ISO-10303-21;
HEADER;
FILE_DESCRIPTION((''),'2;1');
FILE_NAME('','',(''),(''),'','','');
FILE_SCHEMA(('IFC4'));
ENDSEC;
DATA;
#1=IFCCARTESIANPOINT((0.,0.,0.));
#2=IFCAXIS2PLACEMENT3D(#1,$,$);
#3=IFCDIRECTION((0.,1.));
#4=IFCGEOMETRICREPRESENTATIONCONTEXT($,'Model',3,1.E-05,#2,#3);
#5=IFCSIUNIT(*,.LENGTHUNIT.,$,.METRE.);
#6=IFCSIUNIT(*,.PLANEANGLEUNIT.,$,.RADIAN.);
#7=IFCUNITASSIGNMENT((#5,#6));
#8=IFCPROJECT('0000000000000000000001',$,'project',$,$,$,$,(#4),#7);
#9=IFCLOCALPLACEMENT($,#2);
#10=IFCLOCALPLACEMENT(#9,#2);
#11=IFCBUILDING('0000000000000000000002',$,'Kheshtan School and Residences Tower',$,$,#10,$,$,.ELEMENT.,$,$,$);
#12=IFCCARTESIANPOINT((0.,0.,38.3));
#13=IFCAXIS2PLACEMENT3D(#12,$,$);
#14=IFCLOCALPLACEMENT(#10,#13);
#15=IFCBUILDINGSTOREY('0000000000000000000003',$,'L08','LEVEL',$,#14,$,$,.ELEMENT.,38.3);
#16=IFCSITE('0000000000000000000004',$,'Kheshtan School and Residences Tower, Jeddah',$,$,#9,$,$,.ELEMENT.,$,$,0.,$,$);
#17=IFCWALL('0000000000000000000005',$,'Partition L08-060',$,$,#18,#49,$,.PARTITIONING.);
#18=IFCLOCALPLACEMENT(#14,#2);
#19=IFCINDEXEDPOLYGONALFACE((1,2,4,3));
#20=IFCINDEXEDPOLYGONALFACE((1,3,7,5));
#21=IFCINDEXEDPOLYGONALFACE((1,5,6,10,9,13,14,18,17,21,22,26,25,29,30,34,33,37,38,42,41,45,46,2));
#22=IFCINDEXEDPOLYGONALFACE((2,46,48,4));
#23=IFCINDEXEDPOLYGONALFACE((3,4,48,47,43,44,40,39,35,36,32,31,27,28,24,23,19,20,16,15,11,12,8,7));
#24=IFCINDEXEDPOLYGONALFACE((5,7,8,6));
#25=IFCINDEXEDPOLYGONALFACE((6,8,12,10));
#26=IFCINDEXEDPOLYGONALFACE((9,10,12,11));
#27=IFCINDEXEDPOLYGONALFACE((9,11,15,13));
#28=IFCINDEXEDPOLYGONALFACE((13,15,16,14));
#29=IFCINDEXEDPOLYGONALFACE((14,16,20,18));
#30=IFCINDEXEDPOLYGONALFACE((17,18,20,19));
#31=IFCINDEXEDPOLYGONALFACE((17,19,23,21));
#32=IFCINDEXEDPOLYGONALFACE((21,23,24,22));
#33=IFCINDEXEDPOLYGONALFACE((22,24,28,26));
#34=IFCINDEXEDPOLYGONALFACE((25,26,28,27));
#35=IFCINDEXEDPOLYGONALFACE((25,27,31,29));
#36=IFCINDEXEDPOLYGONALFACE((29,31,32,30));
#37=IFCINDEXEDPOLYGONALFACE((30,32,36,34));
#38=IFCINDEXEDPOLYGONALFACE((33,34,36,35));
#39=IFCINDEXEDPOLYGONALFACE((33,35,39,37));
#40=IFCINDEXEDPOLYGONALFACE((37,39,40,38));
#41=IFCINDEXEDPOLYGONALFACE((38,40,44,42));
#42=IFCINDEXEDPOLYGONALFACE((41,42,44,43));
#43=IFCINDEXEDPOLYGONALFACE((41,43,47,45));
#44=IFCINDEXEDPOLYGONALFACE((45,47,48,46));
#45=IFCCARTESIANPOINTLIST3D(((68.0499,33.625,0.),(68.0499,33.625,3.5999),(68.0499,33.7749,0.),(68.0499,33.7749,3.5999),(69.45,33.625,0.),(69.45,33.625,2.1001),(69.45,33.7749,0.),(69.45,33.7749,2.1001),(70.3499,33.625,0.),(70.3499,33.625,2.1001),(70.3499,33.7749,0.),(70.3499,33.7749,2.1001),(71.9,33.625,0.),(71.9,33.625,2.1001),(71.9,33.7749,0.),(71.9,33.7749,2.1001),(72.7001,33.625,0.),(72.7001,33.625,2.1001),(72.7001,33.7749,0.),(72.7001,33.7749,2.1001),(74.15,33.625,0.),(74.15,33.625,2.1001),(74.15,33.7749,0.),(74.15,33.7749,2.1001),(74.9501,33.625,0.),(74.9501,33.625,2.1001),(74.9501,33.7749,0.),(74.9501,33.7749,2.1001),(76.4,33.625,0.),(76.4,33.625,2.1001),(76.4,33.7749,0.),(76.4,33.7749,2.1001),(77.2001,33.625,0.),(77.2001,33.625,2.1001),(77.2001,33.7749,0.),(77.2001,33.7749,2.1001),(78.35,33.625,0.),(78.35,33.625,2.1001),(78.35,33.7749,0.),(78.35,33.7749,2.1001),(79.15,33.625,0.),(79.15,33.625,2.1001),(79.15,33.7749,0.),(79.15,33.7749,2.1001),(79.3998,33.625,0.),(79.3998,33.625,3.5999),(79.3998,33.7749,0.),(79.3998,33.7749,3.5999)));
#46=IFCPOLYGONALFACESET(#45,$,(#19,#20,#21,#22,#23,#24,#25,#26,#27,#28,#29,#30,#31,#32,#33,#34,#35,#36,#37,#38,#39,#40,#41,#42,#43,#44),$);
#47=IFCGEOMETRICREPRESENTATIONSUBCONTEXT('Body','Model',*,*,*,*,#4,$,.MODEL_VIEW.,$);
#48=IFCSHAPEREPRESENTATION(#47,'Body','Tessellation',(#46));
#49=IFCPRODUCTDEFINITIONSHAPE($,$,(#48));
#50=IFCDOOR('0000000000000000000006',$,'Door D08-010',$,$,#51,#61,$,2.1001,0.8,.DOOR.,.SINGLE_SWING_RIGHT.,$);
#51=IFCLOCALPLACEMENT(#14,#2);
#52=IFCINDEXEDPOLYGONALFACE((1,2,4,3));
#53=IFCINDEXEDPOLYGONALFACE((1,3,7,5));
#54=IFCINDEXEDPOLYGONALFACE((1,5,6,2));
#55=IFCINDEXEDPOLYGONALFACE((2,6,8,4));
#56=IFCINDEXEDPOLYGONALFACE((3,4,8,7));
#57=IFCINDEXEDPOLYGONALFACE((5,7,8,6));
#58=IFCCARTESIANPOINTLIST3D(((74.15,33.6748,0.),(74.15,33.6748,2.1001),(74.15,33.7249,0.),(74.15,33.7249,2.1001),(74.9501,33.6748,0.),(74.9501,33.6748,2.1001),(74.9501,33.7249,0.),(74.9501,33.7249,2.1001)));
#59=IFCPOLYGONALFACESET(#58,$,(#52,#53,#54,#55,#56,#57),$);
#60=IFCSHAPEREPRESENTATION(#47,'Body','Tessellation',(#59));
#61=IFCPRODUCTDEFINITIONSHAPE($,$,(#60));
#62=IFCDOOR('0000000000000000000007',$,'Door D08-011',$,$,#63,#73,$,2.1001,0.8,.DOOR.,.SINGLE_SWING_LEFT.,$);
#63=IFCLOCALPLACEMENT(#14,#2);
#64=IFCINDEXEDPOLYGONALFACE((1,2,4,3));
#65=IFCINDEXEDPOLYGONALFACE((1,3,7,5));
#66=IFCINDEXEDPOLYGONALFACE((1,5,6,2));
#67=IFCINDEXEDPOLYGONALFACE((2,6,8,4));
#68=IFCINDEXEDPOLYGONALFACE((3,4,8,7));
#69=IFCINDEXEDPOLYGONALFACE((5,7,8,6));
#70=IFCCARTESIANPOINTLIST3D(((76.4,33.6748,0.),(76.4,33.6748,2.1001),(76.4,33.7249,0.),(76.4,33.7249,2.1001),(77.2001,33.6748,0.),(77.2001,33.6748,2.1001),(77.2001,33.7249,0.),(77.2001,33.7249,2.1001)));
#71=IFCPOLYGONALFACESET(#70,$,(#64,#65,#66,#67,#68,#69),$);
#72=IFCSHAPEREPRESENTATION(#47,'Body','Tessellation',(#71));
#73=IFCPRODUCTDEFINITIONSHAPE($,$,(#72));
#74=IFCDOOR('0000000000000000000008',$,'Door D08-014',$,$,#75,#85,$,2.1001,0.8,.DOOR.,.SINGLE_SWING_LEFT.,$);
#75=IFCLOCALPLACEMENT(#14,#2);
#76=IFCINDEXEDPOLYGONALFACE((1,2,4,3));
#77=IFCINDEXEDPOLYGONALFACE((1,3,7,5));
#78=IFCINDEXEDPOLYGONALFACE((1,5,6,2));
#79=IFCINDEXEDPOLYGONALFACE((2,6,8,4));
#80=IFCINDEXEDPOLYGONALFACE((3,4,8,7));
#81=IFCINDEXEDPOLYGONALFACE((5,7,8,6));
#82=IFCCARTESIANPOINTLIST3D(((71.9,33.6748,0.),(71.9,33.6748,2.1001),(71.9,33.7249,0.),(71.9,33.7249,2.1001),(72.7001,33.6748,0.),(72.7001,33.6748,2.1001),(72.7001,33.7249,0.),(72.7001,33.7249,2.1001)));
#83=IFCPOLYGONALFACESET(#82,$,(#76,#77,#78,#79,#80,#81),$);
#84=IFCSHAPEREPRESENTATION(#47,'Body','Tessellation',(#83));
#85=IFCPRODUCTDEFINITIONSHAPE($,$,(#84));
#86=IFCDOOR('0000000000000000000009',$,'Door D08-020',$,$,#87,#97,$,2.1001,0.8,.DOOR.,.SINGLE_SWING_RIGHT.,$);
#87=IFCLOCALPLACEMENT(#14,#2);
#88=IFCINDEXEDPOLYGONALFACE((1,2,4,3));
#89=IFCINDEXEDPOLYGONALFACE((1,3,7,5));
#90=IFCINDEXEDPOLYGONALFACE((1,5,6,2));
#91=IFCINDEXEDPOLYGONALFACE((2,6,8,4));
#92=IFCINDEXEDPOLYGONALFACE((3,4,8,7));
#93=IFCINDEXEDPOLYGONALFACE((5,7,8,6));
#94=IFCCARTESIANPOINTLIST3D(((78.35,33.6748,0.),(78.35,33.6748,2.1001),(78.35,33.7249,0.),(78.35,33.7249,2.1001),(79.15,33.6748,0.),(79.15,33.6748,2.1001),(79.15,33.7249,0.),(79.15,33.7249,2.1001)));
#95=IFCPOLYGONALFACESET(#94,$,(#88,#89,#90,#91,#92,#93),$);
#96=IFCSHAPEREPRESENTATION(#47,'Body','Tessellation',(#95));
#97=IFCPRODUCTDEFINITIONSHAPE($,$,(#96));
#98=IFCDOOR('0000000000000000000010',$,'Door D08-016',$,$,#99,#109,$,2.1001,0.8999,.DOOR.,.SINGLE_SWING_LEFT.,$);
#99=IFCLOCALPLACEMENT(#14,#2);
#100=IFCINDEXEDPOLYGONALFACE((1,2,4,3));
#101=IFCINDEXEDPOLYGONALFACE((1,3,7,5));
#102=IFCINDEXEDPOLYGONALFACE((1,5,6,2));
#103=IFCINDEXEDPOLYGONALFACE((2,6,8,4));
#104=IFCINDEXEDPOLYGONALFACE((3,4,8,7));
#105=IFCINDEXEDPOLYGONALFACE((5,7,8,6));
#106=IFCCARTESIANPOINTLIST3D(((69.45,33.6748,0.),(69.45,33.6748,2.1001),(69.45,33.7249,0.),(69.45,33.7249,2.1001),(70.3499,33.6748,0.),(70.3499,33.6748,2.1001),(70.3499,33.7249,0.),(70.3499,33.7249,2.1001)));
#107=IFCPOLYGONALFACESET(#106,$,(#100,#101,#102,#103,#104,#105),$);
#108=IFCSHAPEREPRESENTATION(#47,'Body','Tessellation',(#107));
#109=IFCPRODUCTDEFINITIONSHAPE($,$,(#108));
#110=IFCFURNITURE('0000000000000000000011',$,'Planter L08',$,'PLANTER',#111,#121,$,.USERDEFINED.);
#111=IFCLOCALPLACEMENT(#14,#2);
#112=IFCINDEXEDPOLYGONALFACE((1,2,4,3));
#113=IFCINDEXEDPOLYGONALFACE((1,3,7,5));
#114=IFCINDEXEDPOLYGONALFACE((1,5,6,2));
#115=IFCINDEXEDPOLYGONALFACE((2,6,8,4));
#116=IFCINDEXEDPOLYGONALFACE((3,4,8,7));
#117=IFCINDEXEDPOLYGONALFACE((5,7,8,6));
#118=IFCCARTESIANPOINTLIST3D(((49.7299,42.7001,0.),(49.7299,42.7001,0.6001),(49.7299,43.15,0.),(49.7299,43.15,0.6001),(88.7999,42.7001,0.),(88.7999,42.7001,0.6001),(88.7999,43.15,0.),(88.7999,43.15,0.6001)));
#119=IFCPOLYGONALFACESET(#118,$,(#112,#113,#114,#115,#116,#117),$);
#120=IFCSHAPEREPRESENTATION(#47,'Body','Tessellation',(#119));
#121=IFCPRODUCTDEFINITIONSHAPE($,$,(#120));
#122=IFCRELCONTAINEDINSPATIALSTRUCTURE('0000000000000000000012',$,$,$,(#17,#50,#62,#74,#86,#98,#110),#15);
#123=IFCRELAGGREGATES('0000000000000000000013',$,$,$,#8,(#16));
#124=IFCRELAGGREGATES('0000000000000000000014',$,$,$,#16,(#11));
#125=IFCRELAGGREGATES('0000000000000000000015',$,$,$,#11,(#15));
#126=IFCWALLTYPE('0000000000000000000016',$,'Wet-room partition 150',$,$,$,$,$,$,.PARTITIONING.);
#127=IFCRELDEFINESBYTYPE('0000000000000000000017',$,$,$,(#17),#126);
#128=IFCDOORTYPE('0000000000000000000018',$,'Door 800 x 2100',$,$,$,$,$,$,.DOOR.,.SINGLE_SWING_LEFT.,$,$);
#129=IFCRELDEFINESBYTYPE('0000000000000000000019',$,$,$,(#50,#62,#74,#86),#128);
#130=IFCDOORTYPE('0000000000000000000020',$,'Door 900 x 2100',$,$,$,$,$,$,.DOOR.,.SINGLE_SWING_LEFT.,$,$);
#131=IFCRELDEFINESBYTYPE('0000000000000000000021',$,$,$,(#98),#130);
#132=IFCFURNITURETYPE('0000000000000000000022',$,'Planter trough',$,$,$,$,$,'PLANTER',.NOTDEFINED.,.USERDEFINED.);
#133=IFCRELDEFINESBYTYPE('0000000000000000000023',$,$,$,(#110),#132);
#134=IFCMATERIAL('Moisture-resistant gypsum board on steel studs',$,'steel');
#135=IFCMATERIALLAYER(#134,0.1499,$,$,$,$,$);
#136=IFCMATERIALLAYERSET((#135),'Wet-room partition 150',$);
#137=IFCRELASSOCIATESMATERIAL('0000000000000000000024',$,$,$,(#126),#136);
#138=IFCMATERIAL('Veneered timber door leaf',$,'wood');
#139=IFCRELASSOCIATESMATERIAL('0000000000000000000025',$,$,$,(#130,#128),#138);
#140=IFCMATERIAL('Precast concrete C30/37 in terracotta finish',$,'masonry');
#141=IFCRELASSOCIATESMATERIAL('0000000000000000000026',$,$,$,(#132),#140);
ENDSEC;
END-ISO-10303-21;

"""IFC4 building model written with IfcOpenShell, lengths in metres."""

from ifc_helpers import new_model, si_unit, direction, frame, frame_2d, origin, origin_2d, place, context, subcontext, project, spatial, rectangle, extrude, source, transform, mapped, material, layer, layer_set, type_object, element, fill, save


model = new_model("IFC4")

# Units and contexts
model_context = context("Model", 3, precision=1e-05, world=origin(), true_north=direction((0.0, 1.0)))
body_context = subcontext(model_context, "Body", "Model", "MODEL_VIEW")
ifc_project = project(units=[si_unit("LENGTHUNIT", "METRE"), si_unit("PLANEANGLEUNIT", "RADIAN")], contexts=[model_context])

# Site, building, storey
site_placement = place(None, origin())
site = spatial("IfcSite", under=ifc_project, at=site_placement, Name="Kheshtan School and Residences Tower, Jeddah", CompositionType="ELEMENT", RefElevation=0.0)
building_placement = place(site_placement, origin())
building = spatial("IfcBuilding", under=site, at=building_placement, Name="Kheshtan School and Residences Tower", CompositionType="ELEMENT")
storey_placement = place(building_placement, frame((0.0, 0.0, 38.3)))
storey = spatial("IfcBuildingStorey", under=building, at=storey_placement, Name="L08", Description="LEVEL", CompositionType="ELEMENT", Elevation=38.3)

# Wall, openings, doors
ifc_material_1 = material(Name="Moisture-resistant gypsum board on steel studs", Category="steel")
ifc_layer_1 = layer(ifc_material_1, 0.1499)
ifc_layer_set_1 = layer_set([ifc_layer_1], Name="Wet-room partition 150")
wall_type_1 = type_object("IfcWallType", Name="Wet-room partition 150", PredefinedType="PARTITIONING", material=ifc_layer_set_1)
ifc_material_2 = material(Name="Veneered timber door leaf", Category="wood")
door_type_1 = type_object("IfcDoorType", Name="Door 900 x 2100", OperationType="SINGLE_SWING_LEFT", PredefinedType="DOOR", material=ifc_material_2)
shared_shape_1 = source(origin(), body_context, "Body", "SweptSolid", [
    extrude(rectangle(XDim=0.8999, YDim=2.1001, at=frame_2d((0.45, 1.05))), frame((0.0, 0.0249, 0.0), z_axis=(0.0, -1.0, 0.0), x_axis=(1.0, 0.0, 0.0)), (0.0, 0.0, 1.0), 0.05),
])
wall_1_placement = place(storey_placement, frame((68.05, 33.7, 0.0), z_axis=(0.0, 0.0, 1.0), x_axis=(1.0, 0.0, 0.0)))
wall_1 = element("IfcWall", 1, at=wall_1_placement, inside=storey, type_object=wall_type_1, Name="Partition L08-060", PredefinedType="PARTITIONING", context=body_context, shape_type="SweptSolid", body=[
    extrude(rectangle(XDim=11.3499, YDim=0.1499, at=frame_2d((5.6748, 0.0))), origin(), (0.0, 0.0, 1.0), 3.5999),
])
opening_1_placement = place(wall_1_placement, frame((6.1001, 0.0, 0.0)))
opening_1 = element("IfcOpeningElement", 2, at=opening_1_placement, cuts=wall_1, PredefinedType="OPENING", context=body_context, shape_type="SweptSolid", body=[
    extrude(rectangle(XDim=0.8, YDim=2.1001, at=frame_2d((0.3999, 1.05))), frame((0.0, 0.085, 0.0), z_axis=(0.0, -1.0, 0.0), x_axis=(1.0, 0.0, 0.0)), (0.0, 0.0, 1.0), 0.1699),
])
opening_2_placement = place(wall_1_placement, frame((8.3501, 0.0, 0.0)))
opening_2 = element("IfcOpeningElement", 3, at=opening_2_placement, cuts=wall_1, PredefinedType="OPENING", context=body_context, shape_type="SweptSolid", body=[
    extrude(rectangle(XDim=0.8, YDim=2.1001, at=frame_2d((0.3999, 1.05))), frame((0.0, 0.085, 0.0), z_axis=(0.0, -1.0, 0.0), x_axis=(1.0, 0.0, 0.0)), (0.0, 0.0, 1.0), 0.1699),
])
opening_3_placement = place(wall_1_placement, frame((3.8501, 0.0, 0.0)))
opening_3 = element("IfcOpeningElement", 4, at=opening_3_placement, cuts=wall_1, PredefinedType="OPENING", context=body_context, shape_type="SweptSolid", body=[
    extrude(rectangle(XDim=0.8, YDim=2.1001, at=frame_2d((0.3999, 1.05))), frame((0.0, 0.085, 0.0), z_axis=(0.0, -1.0, 0.0), x_axis=(1.0, 0.0, 0.0)), (0.0, 0.0, 1.0), 0.1699),
])
opening_4_placement = place(wall_1_placement, frame((1.3999, 0.0, 0.0)))
opening_4 = element("IfcOpeningElement", 5, at=opening_4_placement, cuts=wall_1, PredefinedType="OPENING", context=body_context, shape_type="SweptSolid", body=[
    extrude(rectangle(XDim=0.8999, YDim=2.1001, at=frame_2d((0.45, 1.05))), frame((0.0, 0.085, 0.0), z_axis=(0.0, -1.0, 0.0), x_axis=(1.0, 0.0, 0.0)), (0.0, 0.0, 1.0), 0.1699),
])
opening_5_placement = place(wall_1_placement, frame((10.3, 0.0, 0.0)))
opening_5 = element("IfcOpeningElement", 6, at=opening_5_placement, cuts=wall_1, PredefinedType="OPENING", context=body_context, shape_type="SweptSolid", body=[
    extrude(rectangle(XDim=0.8, YDim=2.1001, at=frame_2d((0.3999, 1.05))), frame((0.0, 0.085, 0.0), z_axis=(0.0, -1.0, 0.0), x_axis=(1.0, 0.0, 0.0)), (0.0, 0.0, 1.0), 0.1699),
])
door_type_2 = type_object("IfcDoorType", Name="Door 800 x 2100", OperationType="SINGLE_SWING_LEFT", PredefinedType="DOOR", material=ifc_material_2)
shared_shape_2 = source(origin(), body_context, "Body", "SweptSolid", [
    extrude(rectangle(XDim=0.8, YDim=2.1001, at=frame_2d((0.3999, 1.05))), frame((0.0, 0.0249, 0.0), z_axis=(0.0, -1.0, 0.0), x_axis=(1.0, 0.0, 0.0)), (0.0, 0.0, 1.0), 0.05),
])
door_1_placement = place(opening_1_placement, origin())
door_1 = element("IfcDoor", 7, at=door_1_placement, inside=storey, type_object=door_type_2, Name="Door D08-010", OperationType="SINGLE_SWING_RIGHT", OverallHeight=2.1001, OverallWidth=0.8, PredefinedType="DOOR", context=body_context, shape_type="MappedRepresentation", body=[
    mapped(shared_shape_2, transform((0.0, 0.0, 0.0), x_axis=(1.0, 0.0, 0.0), y_axis=(0.0, 1.0, 0.0), z_axis=(0.0, 0.0, 1.0), scale=1.0)),
])
fill(opening_1, door_1)
door_2_placement = place(opening_2_placement, origin())
door_2 = element("IfcDoor", 8, at=door_2_placement, inside=storey, type_object=door_type_2, Name="Door D08-011", OperationType="SINGLE_SWING_LEFT", OverallHeight=2.1001, OverallWidth=0.8, PredefinedType="DOOR", context=body_context, shape_type="MappedRepresentation", body=[
    mapped(shared_shape_2, transform((0.0, 0.0, 0.0), x_axis=(1.0, 0.0, 0.0), y_axis=(0.0, 1.0, 0.0), z_axis=(0.0, 0.0, 1.0), scale=1.0)),
])
fill(opening_2, door_2)
door_3_placement = place(opening_3_placement, origin())
door_3 = element("IfcDoor", 9, at=door_3_placement, inside=storey, type_object=door_type_2, Name="Door D08-014", OperationType="SINGLE_SWING_LEFT", OverallHeight=2.1001, OverallWidth=0.8, PredefinedType="DOOR", context=body_context, shape_type="MappedRepresentation", body=[
    mapped(shared_shape_2, transform((0.0, 0.0, 0.0), x_axis=(1.0, 0.0, 0.0), y_axis=(0.0, 1.0, 0.0), z_axis=(0.0, 0.0, 1.0), scale=1.0)),
])
fill(opening_3, door_3)
door_4_placement = place(opening_5_placement, origin())
door_4 = element("IfcDoor", 10, at=door_4_placement, inside=storey, type_object=door_type_2, Name="Door D08-020", OperationType="SINGLE_SWING_RIGHT", OverallHeight=2.1001, OverallWidth=0.8, PredefinedType="DOOR", context=body_context, shape_type="MappedRepresentation", body=[
    mapped(shared_shape_2, transform((0.0, 0.0, 0.0), x_axis=(1.0, 0.0, 0.0), y_axis=(0.0, 1.0, 0.0), z_axis=(0.0, 0.0, 1.0), scale=1.0)),
])
fill(opening_5, door_4)
door_5_placement = place(opening_4_placement, origin())
door_5 = element("IfcDoor", 11, at=door_5_placement, inside=storey, type_object=door_type_1, Name="Door D08-016", OperationType="SINGLE_SWING_LEFT", OverallHeight=2.1001, OverallWidth=0.8999, PredefinedType="DOOR", context=body_context, shape_type="MappedRepresentation", body=[
    mapped(shared_shape_1, transform((0.0, 0.0, 0.0), x_axis=(1.0, 0.0, 0.0), y_axis=(0.0, 1.0, 0.0), z_axis=(0.0, 0.0, 1.0), scale=1.0)),
])
fill(opening_4, door_5)

# Furniture
ifc_material_3 = material(Name="Precast concrete C30/37 in terracotta finish", Category="masonry")
furniture_type = type_object("IfcFurnitureType", Name="Planter trough", ElementType="PLANTER", AssemblyPlace="NOTDEFINED", PredefinedType="USERDEFINED", material=ifc_material_3)
furniture_placement = place(storey_placement, frame((69.2649, 42.925, 0.0), z_axis=(0.0, 0.0, 1.0), x_axis=(1.0, 0.0, 0.0)))
element("IfcFurniture", 12, at=furniture_placement, inside=storey, type_object=furniture_type, Name="Planter L08", ObjectType="PLANTER", PredefinedType="USERDEFINED", context=body_context, shape_type="SweptSolid", body=[
    extrude(rectangle(XDim=39.0701, YDim=0.45, at=origin_2d()), origin(), (0.0, 0.0, 1.0), 0.6001),
])

save(model, "model.ifc")
